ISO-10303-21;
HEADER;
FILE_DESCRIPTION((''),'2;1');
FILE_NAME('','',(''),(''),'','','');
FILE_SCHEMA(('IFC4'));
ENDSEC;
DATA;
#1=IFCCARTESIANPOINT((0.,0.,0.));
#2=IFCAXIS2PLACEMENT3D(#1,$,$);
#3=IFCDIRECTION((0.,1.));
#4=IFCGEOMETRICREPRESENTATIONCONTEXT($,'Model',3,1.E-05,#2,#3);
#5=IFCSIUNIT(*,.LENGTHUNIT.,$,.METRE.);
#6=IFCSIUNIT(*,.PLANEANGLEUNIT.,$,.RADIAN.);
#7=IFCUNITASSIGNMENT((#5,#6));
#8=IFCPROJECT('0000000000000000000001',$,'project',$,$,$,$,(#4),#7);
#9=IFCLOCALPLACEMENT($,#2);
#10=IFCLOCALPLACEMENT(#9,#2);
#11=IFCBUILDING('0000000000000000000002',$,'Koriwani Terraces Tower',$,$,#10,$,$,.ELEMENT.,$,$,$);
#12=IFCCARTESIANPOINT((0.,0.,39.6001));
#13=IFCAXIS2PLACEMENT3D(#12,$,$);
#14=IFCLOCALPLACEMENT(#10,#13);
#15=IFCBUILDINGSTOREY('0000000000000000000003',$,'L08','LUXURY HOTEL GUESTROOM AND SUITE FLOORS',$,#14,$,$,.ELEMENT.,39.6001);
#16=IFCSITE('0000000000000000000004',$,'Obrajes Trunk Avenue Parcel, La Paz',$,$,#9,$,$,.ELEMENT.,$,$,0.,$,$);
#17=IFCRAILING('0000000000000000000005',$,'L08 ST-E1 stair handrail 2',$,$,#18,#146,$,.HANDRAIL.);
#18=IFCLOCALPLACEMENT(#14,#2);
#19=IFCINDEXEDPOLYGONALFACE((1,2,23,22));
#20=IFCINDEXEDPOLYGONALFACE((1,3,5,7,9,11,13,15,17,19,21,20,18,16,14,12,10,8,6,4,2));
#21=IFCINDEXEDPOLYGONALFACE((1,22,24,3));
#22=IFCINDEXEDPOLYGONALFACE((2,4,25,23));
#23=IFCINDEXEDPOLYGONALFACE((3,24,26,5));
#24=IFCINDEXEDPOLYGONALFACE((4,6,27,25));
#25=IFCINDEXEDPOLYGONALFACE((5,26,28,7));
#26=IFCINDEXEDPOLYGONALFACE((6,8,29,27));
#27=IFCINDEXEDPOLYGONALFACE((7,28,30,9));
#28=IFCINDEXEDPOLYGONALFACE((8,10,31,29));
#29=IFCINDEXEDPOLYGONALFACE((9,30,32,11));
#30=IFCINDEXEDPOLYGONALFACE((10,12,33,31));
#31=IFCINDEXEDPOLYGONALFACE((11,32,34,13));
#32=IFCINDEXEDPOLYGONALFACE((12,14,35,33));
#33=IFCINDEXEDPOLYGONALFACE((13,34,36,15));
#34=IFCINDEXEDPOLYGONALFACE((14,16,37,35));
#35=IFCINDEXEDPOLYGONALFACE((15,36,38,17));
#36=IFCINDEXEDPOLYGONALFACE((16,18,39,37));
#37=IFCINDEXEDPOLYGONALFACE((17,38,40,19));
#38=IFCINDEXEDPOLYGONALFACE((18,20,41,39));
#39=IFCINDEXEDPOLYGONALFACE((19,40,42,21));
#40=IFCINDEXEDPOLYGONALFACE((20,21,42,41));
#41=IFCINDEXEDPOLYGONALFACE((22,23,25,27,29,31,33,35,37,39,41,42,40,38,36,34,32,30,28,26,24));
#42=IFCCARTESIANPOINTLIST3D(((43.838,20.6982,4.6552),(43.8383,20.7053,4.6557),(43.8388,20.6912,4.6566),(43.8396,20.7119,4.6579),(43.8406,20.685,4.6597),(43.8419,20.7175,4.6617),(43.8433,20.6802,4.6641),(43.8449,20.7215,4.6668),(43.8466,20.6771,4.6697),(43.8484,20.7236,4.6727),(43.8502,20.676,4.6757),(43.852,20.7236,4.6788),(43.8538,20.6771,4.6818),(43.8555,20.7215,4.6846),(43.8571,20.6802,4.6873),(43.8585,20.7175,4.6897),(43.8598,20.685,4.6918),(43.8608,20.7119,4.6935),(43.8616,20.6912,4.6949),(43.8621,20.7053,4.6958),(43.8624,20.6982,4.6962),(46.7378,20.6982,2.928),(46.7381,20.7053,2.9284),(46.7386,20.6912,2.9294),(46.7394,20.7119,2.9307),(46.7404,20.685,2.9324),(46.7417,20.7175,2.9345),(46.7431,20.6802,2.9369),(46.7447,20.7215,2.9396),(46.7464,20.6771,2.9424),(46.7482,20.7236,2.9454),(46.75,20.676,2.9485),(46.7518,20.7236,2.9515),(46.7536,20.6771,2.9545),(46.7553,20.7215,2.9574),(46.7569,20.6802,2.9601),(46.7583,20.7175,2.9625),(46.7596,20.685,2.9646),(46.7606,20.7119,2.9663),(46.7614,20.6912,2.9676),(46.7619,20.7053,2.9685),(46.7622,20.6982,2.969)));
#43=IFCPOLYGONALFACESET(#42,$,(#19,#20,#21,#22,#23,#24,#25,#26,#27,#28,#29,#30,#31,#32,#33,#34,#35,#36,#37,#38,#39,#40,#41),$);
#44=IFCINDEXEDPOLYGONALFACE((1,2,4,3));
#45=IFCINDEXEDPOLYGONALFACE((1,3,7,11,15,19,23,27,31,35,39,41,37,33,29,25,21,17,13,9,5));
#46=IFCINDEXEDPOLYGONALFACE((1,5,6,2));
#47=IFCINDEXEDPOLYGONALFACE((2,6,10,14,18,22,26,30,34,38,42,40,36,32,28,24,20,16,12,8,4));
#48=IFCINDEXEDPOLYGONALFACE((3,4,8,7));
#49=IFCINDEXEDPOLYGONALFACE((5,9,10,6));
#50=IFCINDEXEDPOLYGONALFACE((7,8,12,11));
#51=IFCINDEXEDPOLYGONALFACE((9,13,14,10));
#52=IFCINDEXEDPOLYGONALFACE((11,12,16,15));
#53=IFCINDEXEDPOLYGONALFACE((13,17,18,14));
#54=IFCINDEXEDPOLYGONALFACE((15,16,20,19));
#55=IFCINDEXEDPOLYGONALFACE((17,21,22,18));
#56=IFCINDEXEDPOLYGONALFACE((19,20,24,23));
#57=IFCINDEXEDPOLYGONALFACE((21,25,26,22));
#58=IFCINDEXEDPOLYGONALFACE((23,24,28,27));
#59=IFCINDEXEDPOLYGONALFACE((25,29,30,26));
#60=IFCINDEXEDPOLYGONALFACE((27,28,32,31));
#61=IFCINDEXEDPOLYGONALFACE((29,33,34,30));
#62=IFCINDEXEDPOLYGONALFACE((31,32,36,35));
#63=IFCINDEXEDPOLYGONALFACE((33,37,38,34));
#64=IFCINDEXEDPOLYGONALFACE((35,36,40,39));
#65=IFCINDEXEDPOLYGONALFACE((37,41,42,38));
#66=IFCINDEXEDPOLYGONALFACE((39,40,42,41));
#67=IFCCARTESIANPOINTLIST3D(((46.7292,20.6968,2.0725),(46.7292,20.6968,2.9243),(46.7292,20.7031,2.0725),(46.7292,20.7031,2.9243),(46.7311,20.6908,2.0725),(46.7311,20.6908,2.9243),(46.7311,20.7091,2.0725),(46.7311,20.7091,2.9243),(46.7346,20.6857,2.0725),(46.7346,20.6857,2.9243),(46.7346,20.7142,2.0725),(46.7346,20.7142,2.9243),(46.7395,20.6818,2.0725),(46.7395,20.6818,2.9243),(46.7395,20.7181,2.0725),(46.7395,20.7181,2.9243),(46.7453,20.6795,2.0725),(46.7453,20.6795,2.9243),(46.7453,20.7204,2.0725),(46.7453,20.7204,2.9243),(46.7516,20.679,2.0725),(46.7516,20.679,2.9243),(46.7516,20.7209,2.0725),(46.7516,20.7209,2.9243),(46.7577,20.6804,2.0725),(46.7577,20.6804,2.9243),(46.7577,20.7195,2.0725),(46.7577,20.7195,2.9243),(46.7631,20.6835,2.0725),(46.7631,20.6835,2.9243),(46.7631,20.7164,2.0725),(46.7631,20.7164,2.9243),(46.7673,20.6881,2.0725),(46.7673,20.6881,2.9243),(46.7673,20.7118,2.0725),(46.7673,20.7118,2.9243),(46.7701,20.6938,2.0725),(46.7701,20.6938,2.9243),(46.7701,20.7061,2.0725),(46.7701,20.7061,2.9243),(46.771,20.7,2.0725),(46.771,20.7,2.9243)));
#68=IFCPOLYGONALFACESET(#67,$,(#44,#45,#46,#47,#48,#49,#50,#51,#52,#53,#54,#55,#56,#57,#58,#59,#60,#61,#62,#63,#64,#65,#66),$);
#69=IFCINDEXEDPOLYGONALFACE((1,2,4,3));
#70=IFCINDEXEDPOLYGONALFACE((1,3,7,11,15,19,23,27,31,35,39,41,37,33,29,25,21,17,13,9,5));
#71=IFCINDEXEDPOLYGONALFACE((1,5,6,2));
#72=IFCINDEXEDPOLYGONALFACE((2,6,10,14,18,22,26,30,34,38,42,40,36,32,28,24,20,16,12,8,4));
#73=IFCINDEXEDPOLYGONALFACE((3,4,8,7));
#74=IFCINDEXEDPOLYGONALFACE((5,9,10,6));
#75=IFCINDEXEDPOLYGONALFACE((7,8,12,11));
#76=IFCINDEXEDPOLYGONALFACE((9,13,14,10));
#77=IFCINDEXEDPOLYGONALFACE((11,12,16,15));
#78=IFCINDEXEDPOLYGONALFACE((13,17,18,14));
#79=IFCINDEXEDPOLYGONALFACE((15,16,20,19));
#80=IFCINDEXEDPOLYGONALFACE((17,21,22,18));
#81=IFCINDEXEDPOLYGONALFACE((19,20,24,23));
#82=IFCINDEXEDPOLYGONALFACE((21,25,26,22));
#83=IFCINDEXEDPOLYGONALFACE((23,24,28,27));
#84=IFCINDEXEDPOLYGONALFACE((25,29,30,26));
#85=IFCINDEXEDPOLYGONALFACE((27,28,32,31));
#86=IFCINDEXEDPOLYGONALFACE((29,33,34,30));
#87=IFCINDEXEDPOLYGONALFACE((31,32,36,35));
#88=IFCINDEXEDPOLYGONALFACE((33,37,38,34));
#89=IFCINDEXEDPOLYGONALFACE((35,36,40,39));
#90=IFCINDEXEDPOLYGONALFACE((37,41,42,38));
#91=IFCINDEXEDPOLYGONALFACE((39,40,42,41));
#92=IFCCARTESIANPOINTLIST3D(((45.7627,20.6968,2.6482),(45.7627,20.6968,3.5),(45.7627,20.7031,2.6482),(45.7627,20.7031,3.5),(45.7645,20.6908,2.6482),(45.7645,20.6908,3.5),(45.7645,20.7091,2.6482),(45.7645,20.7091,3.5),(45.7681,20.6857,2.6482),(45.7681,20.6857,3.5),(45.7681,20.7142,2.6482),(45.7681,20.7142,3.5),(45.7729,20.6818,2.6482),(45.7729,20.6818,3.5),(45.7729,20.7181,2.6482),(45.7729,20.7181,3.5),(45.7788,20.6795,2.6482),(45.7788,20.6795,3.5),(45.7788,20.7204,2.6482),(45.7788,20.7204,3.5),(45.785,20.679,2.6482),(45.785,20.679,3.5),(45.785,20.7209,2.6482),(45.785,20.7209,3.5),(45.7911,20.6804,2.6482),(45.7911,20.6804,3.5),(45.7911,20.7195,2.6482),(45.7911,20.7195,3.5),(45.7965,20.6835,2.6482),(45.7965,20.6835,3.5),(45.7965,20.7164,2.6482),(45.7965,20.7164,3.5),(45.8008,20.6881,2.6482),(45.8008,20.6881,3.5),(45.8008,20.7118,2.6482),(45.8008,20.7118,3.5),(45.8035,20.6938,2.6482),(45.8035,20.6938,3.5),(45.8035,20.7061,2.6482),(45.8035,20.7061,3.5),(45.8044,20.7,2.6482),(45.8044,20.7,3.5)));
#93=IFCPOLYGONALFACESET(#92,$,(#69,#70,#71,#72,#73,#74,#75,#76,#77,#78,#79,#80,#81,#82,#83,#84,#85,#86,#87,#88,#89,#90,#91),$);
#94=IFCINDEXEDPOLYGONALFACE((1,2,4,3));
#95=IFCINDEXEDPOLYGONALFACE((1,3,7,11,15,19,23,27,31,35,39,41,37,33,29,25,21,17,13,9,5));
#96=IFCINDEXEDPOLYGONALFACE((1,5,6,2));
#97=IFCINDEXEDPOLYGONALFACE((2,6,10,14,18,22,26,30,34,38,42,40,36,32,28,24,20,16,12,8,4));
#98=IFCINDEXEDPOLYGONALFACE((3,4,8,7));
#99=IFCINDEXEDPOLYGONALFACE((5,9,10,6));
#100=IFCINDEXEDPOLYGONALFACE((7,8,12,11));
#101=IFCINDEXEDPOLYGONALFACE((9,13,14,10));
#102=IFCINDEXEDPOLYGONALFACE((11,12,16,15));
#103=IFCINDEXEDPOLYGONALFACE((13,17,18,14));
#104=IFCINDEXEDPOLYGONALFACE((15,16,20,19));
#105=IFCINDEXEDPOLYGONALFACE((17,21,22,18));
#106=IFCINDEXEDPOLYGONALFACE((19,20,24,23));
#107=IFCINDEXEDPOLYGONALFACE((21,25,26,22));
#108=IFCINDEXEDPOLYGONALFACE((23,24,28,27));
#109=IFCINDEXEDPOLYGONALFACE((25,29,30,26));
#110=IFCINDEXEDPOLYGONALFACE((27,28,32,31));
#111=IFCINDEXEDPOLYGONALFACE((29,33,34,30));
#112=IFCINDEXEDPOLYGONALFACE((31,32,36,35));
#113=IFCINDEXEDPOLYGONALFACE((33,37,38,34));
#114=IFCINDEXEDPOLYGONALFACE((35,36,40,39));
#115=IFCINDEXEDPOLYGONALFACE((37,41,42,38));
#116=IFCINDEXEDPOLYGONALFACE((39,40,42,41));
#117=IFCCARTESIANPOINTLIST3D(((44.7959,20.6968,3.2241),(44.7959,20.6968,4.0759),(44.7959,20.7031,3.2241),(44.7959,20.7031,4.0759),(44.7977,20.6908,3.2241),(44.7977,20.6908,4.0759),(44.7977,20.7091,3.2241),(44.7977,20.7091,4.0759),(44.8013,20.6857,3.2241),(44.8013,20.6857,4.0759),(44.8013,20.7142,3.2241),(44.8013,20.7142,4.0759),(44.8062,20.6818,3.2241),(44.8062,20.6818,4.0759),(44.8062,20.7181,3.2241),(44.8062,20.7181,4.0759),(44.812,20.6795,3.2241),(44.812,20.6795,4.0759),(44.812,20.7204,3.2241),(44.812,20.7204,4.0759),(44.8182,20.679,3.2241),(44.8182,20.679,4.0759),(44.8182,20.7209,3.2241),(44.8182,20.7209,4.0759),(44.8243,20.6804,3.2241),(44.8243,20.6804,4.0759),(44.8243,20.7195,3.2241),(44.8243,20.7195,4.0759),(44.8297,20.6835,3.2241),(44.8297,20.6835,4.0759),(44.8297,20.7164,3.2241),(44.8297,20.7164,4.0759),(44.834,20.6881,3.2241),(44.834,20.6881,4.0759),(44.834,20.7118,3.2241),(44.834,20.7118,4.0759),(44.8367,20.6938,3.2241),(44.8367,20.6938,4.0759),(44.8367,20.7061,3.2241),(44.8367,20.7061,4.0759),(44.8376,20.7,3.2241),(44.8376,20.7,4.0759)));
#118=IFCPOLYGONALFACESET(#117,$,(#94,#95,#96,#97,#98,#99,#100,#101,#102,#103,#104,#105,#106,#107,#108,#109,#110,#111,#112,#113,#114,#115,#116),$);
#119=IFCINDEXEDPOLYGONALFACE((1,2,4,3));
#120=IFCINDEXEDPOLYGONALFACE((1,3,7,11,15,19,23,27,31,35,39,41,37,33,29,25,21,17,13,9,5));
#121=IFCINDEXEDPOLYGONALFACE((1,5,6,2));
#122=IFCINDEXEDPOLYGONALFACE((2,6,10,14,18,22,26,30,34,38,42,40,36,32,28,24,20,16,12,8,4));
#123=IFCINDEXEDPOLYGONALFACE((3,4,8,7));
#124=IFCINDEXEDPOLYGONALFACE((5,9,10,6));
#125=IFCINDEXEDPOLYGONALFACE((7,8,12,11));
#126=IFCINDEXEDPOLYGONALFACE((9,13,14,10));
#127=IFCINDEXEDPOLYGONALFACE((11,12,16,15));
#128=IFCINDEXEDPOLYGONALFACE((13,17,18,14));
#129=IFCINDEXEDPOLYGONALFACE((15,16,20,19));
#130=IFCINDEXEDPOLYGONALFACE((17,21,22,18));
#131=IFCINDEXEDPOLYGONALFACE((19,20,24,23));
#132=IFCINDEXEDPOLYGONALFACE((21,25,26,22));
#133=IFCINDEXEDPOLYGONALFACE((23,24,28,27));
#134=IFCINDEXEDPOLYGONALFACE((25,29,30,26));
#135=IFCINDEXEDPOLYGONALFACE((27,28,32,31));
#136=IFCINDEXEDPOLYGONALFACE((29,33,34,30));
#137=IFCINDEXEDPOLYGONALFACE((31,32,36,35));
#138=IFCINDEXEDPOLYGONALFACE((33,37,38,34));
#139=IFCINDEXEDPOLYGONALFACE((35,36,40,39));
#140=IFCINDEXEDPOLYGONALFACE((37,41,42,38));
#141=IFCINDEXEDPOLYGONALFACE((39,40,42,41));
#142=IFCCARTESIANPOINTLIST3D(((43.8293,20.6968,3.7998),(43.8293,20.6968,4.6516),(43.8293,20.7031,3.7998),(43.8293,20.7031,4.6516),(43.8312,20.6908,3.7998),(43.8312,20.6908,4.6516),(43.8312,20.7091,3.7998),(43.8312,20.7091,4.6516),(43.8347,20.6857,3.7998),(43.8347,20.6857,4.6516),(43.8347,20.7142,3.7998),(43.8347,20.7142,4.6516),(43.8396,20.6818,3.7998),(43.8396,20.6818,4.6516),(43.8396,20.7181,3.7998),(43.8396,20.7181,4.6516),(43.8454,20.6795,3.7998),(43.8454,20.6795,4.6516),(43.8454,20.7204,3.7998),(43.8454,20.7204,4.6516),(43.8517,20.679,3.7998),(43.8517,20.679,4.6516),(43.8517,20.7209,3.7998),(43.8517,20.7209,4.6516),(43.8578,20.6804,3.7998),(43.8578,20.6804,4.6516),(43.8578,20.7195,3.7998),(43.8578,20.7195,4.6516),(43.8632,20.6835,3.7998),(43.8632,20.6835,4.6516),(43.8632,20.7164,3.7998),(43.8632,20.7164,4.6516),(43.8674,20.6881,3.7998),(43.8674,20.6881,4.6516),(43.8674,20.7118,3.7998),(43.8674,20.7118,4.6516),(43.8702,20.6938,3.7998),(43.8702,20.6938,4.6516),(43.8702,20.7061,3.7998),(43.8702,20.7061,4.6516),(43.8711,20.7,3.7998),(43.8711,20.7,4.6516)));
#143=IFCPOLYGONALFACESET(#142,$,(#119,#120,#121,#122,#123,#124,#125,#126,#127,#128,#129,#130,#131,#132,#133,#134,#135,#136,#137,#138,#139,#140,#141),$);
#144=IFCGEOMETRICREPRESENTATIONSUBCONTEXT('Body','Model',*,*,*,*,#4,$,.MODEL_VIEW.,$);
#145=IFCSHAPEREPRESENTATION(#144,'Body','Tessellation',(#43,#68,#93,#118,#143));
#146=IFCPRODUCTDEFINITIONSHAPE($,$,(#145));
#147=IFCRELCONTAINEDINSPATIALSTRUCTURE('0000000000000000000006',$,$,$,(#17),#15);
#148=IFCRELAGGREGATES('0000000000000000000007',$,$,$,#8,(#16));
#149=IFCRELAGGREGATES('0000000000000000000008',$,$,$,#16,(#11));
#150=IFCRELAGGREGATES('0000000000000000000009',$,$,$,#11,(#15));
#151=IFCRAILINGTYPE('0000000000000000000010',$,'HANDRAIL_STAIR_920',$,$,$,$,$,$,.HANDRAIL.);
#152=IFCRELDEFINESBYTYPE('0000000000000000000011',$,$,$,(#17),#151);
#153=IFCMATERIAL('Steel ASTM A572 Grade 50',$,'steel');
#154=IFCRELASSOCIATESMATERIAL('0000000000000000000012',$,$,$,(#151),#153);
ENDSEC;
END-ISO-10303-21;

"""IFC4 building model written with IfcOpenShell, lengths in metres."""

from ifc_helpers import new_model, si_unit, direction, frame, origin, origin_2d, place, context, subcontext, project, spatial, circle, extrude, material, type_object, element, save


model = new_model("IFC4")

# Units and contexts
model_context = context("Model", 3, precision=1e-05, world=origin(), true_north=direction((0.0, 1.0)))
body_context = subcontext(model_context, "Body", "Model", "MODEL_VIEW")
ifc_project = project(units=[si_unit("LENGTHUNIT", "METRE"), si_unit("PLANEANGLEUNIT", "RADIAN")], contexts=[model_context])

# Site, building, storey
site_placement = place(None, origin())
site = spatial("IfcSite", under=ifc_project, at=site_placement, Name="Obrajes Trunk Avenue Parcel, La Paz", CompositionType="ELEMENT", RefElevation=0.0)
building_placement = place(site_placement, origin())
building = spatial("IfcBuilding", under=site, at=building_placement, Name="Koriwani Terraces Tower", CompositionType="ELEMENT")
storey_placement = place(building_placement, frame((0.0, 0.0, 39.6001)))
storey = spatial("IfcBuildingStorey", under=building, at=storey_placement, Name="L08", Description="LUXURY HOTEL GUESTROOM AND SUITE FLOORS", CompositionType="ELEMENT", Elevation=39.6001)

# Shared definitions
ifc_material_1 = material(Name="Steel ASTM A572 Grade 50", Category="steel")

# Railing
railing_type_1 = type_object("IfcRailingType", Name="HANDRAIL_STAIR_920", PredefinedType="HANDRAIL", material=ifc_material_1)
railing_1_placement = place(storey_placement, frame((46.75, 20.7, 2.0725)))
element("IfcRailing", 1, at=railing_1_placement, inside=storey, type_object=railing_type_1, Name="L08 ST-E1 stair handrail 2", PredefinedType="HANDRAIL", context=body_context, shape_type="SweptSolid", body=[
    extrude(circle(Radius=0.0239, at=origin_2d()), frame((0.0, 0.0, 0.876), z_axis=(-0.859141, 0.0, 0.511738), x_axis=(0.0, -1.0, 0.0)), (0.0, 0.0, 1.0), 3.3752),
    extrude(circle(Radius=0.021, at=origin_2d()), origin(), (0.0, 0.0, 1.0), 0.8518),
    extrude(circle(Radius=0.021, at=origin_2d()), frame((-0.9666, 0.0, 0.5757)), (0.0, 0.0, 1.0), 0.8518),
    extrude(circle(Radius=0.021, at=origin_2d()), frame((-1.9333, 0.0, 1.1516)), (0.0, 0.0, 1.0), 0.8518),
    extrude(circle(Radius=0.021, at=origin_2d()), frame((-2.8999, 0.0, 1.7273)), (0.0, 0.0, 1.0), 0.8518),
])

save(model, "model.ifc")
